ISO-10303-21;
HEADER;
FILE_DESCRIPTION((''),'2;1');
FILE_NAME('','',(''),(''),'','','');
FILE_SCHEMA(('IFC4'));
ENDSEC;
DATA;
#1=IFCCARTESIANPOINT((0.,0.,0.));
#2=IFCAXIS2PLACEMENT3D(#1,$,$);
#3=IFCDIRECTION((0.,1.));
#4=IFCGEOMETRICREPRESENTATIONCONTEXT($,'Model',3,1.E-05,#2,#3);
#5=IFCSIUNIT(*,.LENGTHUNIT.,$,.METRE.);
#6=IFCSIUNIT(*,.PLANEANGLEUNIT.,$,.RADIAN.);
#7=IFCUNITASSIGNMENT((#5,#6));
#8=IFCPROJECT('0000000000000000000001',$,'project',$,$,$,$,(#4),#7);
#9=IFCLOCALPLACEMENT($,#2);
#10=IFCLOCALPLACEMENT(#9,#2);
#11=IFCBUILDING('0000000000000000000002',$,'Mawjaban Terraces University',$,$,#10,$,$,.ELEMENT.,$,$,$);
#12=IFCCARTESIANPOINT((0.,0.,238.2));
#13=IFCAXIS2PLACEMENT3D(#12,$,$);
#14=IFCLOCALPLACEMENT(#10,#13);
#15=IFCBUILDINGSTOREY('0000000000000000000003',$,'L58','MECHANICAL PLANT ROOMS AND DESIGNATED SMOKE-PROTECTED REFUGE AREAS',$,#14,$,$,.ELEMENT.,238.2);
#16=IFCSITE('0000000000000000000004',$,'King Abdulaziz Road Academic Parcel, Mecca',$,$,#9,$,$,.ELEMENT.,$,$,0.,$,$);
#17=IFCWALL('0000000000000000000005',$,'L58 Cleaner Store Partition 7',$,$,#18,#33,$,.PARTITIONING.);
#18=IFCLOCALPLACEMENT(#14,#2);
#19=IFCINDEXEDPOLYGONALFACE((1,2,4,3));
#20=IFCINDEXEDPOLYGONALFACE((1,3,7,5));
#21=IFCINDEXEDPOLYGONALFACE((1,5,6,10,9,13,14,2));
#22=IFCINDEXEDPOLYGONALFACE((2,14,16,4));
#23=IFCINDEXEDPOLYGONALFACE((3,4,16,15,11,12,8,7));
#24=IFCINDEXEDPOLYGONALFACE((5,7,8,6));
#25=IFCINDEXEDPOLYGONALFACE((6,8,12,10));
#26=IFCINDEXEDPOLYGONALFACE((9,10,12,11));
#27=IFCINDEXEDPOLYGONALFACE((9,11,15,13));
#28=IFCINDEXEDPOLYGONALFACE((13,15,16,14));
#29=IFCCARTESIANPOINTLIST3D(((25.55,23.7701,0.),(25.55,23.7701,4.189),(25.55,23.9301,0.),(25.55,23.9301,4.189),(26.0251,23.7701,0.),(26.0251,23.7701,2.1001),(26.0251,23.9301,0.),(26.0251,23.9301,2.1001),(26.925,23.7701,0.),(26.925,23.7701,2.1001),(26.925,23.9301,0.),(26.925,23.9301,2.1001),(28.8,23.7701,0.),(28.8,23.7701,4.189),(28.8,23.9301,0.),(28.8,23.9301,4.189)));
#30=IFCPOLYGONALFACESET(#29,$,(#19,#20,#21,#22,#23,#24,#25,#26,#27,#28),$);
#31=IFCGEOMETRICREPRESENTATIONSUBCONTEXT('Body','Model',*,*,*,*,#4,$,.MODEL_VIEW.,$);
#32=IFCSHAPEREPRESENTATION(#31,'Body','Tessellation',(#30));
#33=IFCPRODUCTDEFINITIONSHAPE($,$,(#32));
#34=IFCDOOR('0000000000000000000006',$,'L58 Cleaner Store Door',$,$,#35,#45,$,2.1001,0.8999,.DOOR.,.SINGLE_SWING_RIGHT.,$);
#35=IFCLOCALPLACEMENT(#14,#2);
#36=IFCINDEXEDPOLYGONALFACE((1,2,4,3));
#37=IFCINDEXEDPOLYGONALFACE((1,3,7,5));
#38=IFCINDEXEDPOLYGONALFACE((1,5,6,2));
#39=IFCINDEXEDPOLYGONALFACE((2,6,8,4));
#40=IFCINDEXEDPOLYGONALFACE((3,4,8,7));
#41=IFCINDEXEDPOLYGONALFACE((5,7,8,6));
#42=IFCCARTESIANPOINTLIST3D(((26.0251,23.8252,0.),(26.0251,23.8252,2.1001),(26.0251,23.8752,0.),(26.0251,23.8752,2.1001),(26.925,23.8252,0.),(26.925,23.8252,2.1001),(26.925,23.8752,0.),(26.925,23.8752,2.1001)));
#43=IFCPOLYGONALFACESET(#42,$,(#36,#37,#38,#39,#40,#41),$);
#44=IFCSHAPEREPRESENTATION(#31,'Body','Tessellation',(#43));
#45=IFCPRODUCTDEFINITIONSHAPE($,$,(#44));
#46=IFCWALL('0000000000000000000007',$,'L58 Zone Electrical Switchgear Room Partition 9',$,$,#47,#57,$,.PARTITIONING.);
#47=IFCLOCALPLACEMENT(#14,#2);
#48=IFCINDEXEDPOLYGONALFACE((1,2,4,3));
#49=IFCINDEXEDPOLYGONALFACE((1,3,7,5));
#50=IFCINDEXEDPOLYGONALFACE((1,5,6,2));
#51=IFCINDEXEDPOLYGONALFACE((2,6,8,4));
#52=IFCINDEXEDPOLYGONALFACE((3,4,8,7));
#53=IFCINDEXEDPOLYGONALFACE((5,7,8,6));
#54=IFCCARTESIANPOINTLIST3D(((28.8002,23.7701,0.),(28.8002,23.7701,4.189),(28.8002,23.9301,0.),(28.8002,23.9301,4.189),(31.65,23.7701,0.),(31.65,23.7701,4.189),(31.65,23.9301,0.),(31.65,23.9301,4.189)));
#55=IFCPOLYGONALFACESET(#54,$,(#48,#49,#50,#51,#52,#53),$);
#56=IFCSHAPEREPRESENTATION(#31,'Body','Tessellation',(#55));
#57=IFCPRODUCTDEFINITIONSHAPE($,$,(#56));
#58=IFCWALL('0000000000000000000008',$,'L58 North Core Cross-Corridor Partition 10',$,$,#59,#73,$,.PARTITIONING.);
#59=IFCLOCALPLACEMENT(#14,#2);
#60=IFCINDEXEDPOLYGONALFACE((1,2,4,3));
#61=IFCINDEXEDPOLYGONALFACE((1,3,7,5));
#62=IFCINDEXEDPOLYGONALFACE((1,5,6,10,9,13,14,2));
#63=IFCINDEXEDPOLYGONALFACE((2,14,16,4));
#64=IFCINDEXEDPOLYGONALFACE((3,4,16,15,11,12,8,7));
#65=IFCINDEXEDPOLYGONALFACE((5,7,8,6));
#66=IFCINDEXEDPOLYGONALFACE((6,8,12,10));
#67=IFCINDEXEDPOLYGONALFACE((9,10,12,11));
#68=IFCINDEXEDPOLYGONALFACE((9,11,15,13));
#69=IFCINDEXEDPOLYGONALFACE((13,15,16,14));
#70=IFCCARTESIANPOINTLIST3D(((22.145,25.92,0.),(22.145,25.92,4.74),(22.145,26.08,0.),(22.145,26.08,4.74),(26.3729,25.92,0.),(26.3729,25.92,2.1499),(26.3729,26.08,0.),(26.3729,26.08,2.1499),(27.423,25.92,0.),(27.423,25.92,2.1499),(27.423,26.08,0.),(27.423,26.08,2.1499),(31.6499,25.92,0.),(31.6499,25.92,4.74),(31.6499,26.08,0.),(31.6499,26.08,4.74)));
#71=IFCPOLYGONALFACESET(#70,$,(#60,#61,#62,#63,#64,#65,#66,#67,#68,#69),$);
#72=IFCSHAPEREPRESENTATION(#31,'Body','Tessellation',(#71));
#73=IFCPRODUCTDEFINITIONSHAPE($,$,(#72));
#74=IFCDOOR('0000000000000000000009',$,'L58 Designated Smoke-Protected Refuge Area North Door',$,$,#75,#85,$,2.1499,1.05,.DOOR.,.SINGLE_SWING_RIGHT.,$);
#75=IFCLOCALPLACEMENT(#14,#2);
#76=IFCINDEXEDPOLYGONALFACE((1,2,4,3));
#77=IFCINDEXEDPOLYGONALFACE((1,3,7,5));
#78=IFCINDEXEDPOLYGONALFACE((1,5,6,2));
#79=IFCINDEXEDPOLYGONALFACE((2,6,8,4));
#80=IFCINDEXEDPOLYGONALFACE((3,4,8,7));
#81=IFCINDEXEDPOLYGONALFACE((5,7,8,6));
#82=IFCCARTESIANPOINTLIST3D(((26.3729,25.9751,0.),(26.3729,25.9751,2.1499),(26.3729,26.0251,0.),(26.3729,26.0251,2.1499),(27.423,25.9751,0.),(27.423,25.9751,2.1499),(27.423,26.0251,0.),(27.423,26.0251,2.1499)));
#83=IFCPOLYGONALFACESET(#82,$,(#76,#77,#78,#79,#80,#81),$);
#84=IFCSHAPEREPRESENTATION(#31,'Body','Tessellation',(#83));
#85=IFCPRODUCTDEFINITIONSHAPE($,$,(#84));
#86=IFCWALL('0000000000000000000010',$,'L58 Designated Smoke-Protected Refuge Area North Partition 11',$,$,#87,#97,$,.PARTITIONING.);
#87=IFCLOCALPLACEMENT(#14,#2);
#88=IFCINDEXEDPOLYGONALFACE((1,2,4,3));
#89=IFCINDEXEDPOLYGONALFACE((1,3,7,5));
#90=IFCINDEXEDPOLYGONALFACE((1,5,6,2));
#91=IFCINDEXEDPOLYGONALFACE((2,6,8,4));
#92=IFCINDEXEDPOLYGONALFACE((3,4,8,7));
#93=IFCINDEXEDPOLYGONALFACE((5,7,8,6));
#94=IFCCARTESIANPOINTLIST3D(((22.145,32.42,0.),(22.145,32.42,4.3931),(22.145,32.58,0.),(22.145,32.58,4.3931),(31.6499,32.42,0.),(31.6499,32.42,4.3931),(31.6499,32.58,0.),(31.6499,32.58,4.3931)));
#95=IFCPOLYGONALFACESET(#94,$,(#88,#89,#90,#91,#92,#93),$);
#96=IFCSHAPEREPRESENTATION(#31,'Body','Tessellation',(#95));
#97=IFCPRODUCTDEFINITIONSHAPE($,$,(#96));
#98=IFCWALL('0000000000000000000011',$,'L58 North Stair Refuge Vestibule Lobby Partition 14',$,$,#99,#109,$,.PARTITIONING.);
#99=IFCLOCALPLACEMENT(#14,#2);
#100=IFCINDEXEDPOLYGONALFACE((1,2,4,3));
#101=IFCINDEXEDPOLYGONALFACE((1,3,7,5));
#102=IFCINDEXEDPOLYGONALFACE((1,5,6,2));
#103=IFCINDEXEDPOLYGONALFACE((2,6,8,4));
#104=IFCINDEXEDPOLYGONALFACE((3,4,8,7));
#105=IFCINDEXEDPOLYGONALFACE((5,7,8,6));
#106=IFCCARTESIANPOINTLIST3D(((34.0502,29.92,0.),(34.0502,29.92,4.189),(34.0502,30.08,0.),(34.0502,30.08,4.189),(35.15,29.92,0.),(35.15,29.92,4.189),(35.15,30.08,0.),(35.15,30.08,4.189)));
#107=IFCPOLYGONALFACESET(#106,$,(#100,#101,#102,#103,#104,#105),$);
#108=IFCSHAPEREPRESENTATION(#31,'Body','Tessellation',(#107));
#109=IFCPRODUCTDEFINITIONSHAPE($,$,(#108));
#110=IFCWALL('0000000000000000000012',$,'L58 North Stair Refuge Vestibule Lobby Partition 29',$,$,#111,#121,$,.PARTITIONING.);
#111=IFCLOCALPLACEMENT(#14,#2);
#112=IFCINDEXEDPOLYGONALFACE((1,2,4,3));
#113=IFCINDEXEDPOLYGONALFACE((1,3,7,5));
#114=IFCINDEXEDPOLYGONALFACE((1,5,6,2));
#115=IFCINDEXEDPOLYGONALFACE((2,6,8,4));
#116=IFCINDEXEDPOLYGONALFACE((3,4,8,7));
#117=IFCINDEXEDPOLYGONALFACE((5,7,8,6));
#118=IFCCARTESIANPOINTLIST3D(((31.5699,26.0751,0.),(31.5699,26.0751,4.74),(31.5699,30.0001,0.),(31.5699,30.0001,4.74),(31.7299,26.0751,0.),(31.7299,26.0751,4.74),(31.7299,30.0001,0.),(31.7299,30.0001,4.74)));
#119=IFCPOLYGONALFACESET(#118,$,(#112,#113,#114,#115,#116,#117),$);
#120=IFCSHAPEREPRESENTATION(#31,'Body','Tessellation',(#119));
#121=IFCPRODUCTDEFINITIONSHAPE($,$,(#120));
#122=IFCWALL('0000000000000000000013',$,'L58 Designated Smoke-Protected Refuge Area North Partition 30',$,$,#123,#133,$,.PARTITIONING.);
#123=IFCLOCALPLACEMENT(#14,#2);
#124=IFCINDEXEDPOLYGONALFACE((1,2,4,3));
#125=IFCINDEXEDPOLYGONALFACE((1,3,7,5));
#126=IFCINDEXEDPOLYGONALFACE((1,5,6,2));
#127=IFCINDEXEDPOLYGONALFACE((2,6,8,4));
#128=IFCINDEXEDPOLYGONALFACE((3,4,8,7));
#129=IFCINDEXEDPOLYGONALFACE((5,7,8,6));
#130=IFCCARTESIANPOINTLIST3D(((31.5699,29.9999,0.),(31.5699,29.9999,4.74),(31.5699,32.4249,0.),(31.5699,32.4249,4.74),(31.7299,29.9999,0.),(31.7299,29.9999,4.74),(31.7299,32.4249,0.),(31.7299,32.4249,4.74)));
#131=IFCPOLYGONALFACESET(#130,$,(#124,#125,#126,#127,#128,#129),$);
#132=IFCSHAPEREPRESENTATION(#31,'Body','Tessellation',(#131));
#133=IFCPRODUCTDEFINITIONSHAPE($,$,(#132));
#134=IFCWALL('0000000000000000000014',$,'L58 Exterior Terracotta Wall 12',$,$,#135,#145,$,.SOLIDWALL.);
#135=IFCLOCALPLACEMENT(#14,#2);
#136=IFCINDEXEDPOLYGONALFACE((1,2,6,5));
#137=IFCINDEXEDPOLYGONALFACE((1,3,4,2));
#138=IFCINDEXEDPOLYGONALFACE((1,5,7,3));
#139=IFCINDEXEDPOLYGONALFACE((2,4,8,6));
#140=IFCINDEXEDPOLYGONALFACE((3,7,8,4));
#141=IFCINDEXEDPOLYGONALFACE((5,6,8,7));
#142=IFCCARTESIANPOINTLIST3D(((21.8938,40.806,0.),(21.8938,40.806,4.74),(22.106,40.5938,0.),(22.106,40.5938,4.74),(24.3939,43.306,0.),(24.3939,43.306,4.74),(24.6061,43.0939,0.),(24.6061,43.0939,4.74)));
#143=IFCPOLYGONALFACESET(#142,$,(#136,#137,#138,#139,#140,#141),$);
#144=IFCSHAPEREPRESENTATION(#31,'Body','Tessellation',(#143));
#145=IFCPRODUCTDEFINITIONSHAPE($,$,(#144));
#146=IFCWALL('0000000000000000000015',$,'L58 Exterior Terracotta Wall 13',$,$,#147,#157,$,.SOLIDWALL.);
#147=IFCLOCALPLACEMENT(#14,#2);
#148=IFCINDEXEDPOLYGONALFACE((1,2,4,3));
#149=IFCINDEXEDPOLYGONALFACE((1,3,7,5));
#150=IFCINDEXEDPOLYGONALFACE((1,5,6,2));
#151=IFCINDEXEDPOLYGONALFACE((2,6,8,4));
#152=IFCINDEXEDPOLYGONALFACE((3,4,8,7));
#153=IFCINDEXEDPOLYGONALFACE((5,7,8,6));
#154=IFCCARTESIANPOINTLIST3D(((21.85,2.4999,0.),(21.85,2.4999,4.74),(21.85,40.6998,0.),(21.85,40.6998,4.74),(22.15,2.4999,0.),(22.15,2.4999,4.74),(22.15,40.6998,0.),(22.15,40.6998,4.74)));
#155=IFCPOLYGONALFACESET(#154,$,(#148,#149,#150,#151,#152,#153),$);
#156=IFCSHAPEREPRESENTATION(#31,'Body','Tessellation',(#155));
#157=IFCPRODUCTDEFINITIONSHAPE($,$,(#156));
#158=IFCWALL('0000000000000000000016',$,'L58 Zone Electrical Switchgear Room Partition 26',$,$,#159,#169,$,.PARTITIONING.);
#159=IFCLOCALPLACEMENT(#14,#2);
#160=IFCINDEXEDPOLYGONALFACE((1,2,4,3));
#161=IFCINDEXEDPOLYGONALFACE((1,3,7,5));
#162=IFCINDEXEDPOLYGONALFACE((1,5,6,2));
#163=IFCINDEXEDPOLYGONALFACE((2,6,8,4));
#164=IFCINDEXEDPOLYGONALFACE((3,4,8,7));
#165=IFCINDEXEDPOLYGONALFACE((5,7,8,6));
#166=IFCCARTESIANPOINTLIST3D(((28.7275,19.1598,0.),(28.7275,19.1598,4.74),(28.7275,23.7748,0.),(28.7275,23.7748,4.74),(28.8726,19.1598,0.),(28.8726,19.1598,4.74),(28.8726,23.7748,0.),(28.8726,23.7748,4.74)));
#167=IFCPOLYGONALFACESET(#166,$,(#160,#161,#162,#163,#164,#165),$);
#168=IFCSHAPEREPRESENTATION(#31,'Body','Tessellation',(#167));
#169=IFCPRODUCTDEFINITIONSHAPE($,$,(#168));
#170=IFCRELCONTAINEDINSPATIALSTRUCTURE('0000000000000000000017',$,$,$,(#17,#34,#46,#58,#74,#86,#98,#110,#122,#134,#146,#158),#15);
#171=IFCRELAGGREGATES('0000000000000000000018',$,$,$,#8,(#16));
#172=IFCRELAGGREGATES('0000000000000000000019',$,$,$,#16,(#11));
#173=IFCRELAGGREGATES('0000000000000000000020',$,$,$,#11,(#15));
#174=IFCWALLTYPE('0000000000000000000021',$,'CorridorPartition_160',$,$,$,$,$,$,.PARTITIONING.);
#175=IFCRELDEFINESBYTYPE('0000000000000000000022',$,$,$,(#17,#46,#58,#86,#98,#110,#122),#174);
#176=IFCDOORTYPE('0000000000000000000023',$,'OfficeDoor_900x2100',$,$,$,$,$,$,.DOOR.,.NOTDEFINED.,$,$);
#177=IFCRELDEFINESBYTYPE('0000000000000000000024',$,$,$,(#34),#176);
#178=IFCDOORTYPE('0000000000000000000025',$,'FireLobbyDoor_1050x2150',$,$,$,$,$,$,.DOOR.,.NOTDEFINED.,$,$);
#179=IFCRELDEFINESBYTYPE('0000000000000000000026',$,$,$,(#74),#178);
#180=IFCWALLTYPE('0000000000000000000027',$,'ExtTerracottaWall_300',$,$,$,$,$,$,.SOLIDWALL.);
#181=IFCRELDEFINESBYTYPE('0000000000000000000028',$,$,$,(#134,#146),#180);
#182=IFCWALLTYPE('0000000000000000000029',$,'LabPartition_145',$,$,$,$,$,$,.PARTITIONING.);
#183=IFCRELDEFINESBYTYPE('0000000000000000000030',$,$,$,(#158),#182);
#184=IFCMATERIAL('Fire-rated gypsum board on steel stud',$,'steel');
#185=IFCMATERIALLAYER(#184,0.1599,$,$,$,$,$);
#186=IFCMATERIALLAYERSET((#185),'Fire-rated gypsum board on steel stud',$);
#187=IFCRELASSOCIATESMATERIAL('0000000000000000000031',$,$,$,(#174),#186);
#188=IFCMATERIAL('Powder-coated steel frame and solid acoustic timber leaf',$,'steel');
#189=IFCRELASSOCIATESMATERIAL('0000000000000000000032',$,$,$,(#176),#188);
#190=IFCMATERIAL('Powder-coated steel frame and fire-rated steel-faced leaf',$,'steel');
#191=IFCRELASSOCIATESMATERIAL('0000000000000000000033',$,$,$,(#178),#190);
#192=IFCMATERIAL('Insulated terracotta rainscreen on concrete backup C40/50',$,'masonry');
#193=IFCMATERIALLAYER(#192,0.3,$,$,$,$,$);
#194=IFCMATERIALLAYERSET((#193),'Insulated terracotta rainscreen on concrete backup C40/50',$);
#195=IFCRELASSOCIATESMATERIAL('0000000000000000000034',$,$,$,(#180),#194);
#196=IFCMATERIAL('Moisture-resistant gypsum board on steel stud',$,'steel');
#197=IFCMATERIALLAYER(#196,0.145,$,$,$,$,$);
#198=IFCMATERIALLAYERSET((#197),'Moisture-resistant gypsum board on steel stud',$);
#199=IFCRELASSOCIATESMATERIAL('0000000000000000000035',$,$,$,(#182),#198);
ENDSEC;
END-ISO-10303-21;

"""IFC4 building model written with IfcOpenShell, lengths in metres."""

from ifc_helpers import new_model, si_unit, direction, frame, frame_2d, origin, place, context, subcontext, project, spatial, rectangle, extrude, material, layer, layer_set, type_object, element, fill, save


model = new_model("IFC4")

# Units and contexts
model_context = context("Model", 3, precision=1e-05, world=origin(), true_north=direction((0.0, 1.0)))
body_context = subcontext(model_context, "Body", "Model", "MODEL_VIEW")
ifc_project = project(units=[si_unit("LENGTHUNIT", "METRE"), si_unit("PLANEANGLEUNIT", "RADIAN")], contexts=[model_context])

# Site, building, storey
site_placement = place(None, origin())
site = spatial("IfcSite", under=ifc_project, at=site_placement, Name="King Abdulaziz Road Academic Parcel, Mecca", CompositionType="ELEMENT", RefElevation=0.0)
building_placement = place(site_placement, origin())
building = spatial("IfcBuilding", under=site, at=building_placement, Name="Mawjaban Terraces University", CompositionType="ELEMENT")
storey_placement = place(building_placement, frame((0.0, 0.0, 238.2)))
storey = spatial("IfcBuildingStorey", under=building, at=storey_placement, Name="L58", Description="MECHANICAL PLANT ROOMS AND DESIGNATED SMOKE-PROTECTED REFUGE AREAS", CompositionType="ELEMENT", Elevation=238.2)

# Wall, opening, door
ifc_material_1 = material(Name="Fire-rated gypsum board on steel stud", Category="steel")
ifc_layer_1 = layer(ifc_material_1, 0.1599)
ifc_layer_set_1 = layer_set([ifc_layer_1], Name="Fire-rated gypsum board on steel stud")
wall_type_1 = type_object("IfcWallType", Name="CorridorPartition_160", PredefinedType="PARTITIONING", material=ifc_layer_set_1)
ifc_material_2 = material(Name="Powder-coated steel frame and solid acoustic timber leaf", Category="steel")
wall_1_placement = place(storey_placement, frame((28.8, 23.8501, 0.0), z_axis=(0.0, 0.0, 1.0), x_axis=(-1.0, 0.0, 0.0)))
wall_1 = element("IfcWall", 1, at=wall_1_placement, inside=storey, type_object=wall_type_1, Name="L58 Cleaner Store Partition 7", PredefinedType="PARTITIONING", context=body_context, shape_type="SweptSolid", body=[
    extrude(rectangle(XDim=3.25, YDim=0.1599, at=frame_2d((1.625, 0.0))), origin(), (0.0, 0.0, 1.0), 4.189),
])
opening_1_placement = place(wall_1_placement, frame((1.875, 0.0, 0.0)))
opening_1 = element("IfcOpeningElement", 2, at=opening_1_placement, cuts=wall_1, PredefinedType="OPENING", context=body_context, shape_type="SweptSolid", body=[
    extrude(rectangle(XDim=0.8999, YDim=2.1001, at=frame_2d((0.45, 1.05))), frame((0.0, 0.0898, 0.0), z_axis=(0.0, -1.0, 0.0), x_axis=(1.0, 0.0, 0.0)), (0.0, 0.0, 1.0), 0.1799),
])
door_type_1 = type_object("IfcDoorType", Name="OfficeDoor_900x2100", OperationType="NOTDEFINED", PredefinedType="DOOR", material=ifc_material_2)
door_1_placement = place(opening_1_placement, origin())
door_1 = element("IfcDoor", 3, at=door_1_placement, inside=storey, type_object=door_type_1, Name="L58 Cleaner Store Door", OperationType="SINGLE_SWING_RIGHT", OverallHeight=2.1001, OverallWidth=0.8999, PredefinedType="DOOR", context=body_context, shape_type="SweptSolid", body=[
    extrude(rectangle(XDim=0.8999, YDim=2.1001, at=frame_2d((0.45, 1.05))), frame((0.0, 0.0249, 0.0), z_axis=(0.0, -1.0, 0.0), x_axis=(1.0, 0.0, 0.0)), (0.0, 0.0, 1.0), 0.05),
])
fill(opening_1, door_1)

# Wall
wall_2_placement = place(storey_placement, frame((31.6499, 23.8501, 0.0), z_axis=(0.0, 0.0, 1.0), x_axis=(-1.0, 0.0, 0.0)))
element("IfcWall", 4, at=wall_2_placement, inside=storey, type_object=wall_type_1, Name="L58 Zone Electrical Switchgear Room Partition 9", PredefinedType="PARTITIONING", context=body_context, shape_type="SweptSolid", body=[
    extrude(rectangle(XDim=2.8499, YDim=0.1599, at=frame_2d((1.4248, 0.0))), origin(), (0.0, 0.0, 1.0), 4.189),
])

# Wall, opening, door
wall_3_placement = place(storey_placement, frame((31.6499, 26.0, 0.0), z_axis=(0.0, 0.0, 1.0), x_axis=(-1.0, 0.0, 0.0)))
wall_3 = element("IfcWall", 5, at=wall_3_placement, inside=storey, type_object=wall_type_1, Name="L58 North Core Cross-Corridor Partition 10", PredefinedType="PARTITIONING", context=body_context, shape_type="SweptSolid", body=[
    extrude(rectangle(XDim=9.5049, YDim=0.1599, at=frame_2d((4.7524, 0.0))), origin(), (0.0, 0.0, 1.0), 4.74),
])
opening_2_placement = place(wall_3_placement, frame((4.2271, 0.0, 0.0)))
opening_2 = element("IfcOpeningElement", 6, at=opening_2_placement, cuts=wall_3, PredefinedType="OPENING", context=body_context, shape_type="SweptSolid", body=[
    extrude(rectangle(XDim=1.05, YDim=2.1499, at=frame_2d((0.5249, 1.075))), frame((0.0, 0.0898, 0.0), z_axis=(0.0, -1.0, 0.0), x_axis=(1.0, 0.0, 0.0)), (0.0, 0.0, 1.0), 0.1799),
])
ifc_material_3 = material(Name="Powder-coated steel frame and fire-rated steel-faced leaf", Category="steel")
door_type_2 = type_object("IfcDoorType", Name="FireLobbyDoor_1050x2150", OperationType="NOTDEFINED", PredefinedType="DOOR", material=ifc_material_3)
door_2_placement = place(opening_2_placement, origin())
door_2 = element("IfcDoor", 7, at=door_2_placement, inside=storey, type_object=door_type_2, Name="L58 Designated Smoke-Protected Refuge Area North Door", OperationType="SINGLE_SWING_RIGHT", OverallHeight=2.1499, OverallWidth=1.05, PredefinedType="DOOR", context=body_context, shape_type="SweptSolid", body=[
    extrude(rectangle(XDim=1.05, YDim=2.1499, at=frame_2d((0.5249, 1.075))), frame((0.0, 0.0249, 0.0), z_axis=(0.0, -1.0, 0.0), x_axis=(1.0, 0.0, 0.0)), (0.0, 0.0, 1.0), 0.05),
])
fill(opening_2, door_2)

# Walls
wall_4_placement = place(storey_placement, frame((31.6499, 32.5, 0.0), z_axis=(0.0, 0.0, 1.0), x_axis=(-1.0, 0.0, 0.0)))
element("IfcWall", 8, at=wall_4_placement, inside=storey, type_object=wall_type_1, Name="L58 Designated Smoke-Protected Refuge Area North Partition 11", PredefinedType="PARTITIONING", context=body_context, shape_type="SweptSolid", body=[
    extrude(rectangle(XDim=9.5049, YDim=0.1599, at=frame_2d((4.7524, 0.0))), origin(), (0.0, 0.0, 1.0), 4.3931),
])
wall_5_placement = place(storey_placement, frame((35.1499, 30.0, 0.0), z_axis=(0.0, 0.0, 1.0), x_axis=(-1.0, 0.0, 0.0)))
element("IfcWall", 9, at=wall_5_placement, inside=storey, type_object=wall_type_1, Name="L58 North Stair Refuge Vestibule Lobby Partition 14", PredefinedType="PARTITIONING", context=body_context, shape_type="SweptSolid", body=[
    extrude(rectangle(XDim=1.0999, YDim=0.1599, at=frame_2d((0.5498, 0.0))), origin(), (0.0, 0.0, 1.0), 4.189),
])
wall_6_placement = place(storey_placement, frame((31.6499, 30.0, 0.0), z_axis=(0.0, 0.0, 1.0), x_axis=(0.0, -1.0, 0.0)))
element("IfcWall", 10, at=wall_6_placement, inside=storey, type_object=wall_type_1, Name="L58 North Stair Refuge Vestibule Lobby Partition 29", PredefinedType="PARTITIONING", context=body_context, shape_type="SweptSolid", body=[
    extrude(rectangle(XDim=3.925, YDim=0.1599, at=frame_2d((1.9624, 0.0))), origin(), (0.0, 0.0, 1.0), 4.74),
])
wall_7_placement = place(storey_placement, frame((31.6499, 30.0, 0.0), z_axis=(0.0, 0.0, 1.0), x_axis=(0.0, 1.0, 0.0)))
element("IfcWall", 11, at=wall_7_placement, inside=storey, type_object=wall_type_1, Name="L58 Designated Smoke-Protected Refuge Area North Partition 30", PredefinedType="PARTITIONING", context=body_context, shape_type="SweptSolid", body=[
    extrude(rectangle(XDim=2.425, YDim=0.1599, at=frame_2d((1.2124, 0.0))), origin(), (0.0, 0.0, 1.0), 4.74),
])
ifc_material_4 = material(Name="Insulated terracotta rainscreen on concrete backup C40/50", Category="masonry")
ifc_layer_2 = layer(ifc_material_4, 0.3)
ifc_layer_set_2 = layer_set([ifc_layer_2], Name="Insulated terracotta rainscreen on concrete backup C40/50")
wall_type_2 = type_object("IfcWallType", Name="ExtTerracottaWall_300", PredefinedType="SOLIDWALL", material=ifc_layer_set_2)
wall_8_placement = place(storey_placement, frame((24.5, 43.2, 0.0), z_axis=(0.0, 0.0, 1.0), x_axis=(-0.707107, -0.707107, 0.0)))
element("IfcWall", 12, at=wall_8_placement, inside=storey, type_object=wall_type_2, Name="L58 Exterior Terracotta Wall 12", PredefinedType="SOLIDWALL", context=body_context, shape_type="SweptSolid", body=[
    extrude(rectangle(XDim=3.5356, YDim=0.3, at=frame_2d((1.7678, 0.0))), origin(), (0.0, 0.0, 1.0), 4.74),
])
wall_9_placement = place(storey_placement, frame((22.0, 40.7, 0.0), z_axis=(0.0, 0.0, 1.0), x_axis=(0.0, -1.0, 0.0)))
element("IfcWall", 13, at=wall_9_placement, inside=storey, type_object=wall_type_2, Name="L58 Exterior Terracotta Wall 13", PredefinedType="SOLIDWALL", context=body_context, shape_type="SweptSolid", body=[
    extrude(rectangle(XDim=38.2, YDim=0.3, at=frame_2d((19.1001, 0.0))), origin(), (0.0, 0.0, 1.0), 4.74),
])
ifc_material_5 = material(Name="Moisture-resistant gypsum board on steel stud", Category="steel")
ifc_layer_3 = layer(ifc_material_5, 0.145)
ifc_layer_set_3 = layer_set([ifc_layer_3], Name="Moisture-resistant gypsum board on steel stud")
wall_type_3 = type_object("IfcWallType", Name="LabPartition_145", PredefinedType="PARTITIONING", material=ifc_layer_set_3)
wall_10_placement = place(storey_placement, frame((28.8, 23.7749, 0.0), z_axis=(0.0, 0.0, 1.0), x_axis=(0.0, -1.0, 0.0)))
element("IfcWall", 14, at=wall_10_placement, inside=storey, type_object=wall_type_3, Name="L58 Zone Electrical Switchgear Room Partition 26", PredefinedType="PARTITIONING", context=body_context, shape_type="SweptSolid", body=[
    extrude(rectangle(XDim=4.615, YDim=0.145, at=frame_2d((2.3076, 0.0))), origin(), (0.0, 0.0, 1.0), 4.74),
])

save(model, "model.ifc")
